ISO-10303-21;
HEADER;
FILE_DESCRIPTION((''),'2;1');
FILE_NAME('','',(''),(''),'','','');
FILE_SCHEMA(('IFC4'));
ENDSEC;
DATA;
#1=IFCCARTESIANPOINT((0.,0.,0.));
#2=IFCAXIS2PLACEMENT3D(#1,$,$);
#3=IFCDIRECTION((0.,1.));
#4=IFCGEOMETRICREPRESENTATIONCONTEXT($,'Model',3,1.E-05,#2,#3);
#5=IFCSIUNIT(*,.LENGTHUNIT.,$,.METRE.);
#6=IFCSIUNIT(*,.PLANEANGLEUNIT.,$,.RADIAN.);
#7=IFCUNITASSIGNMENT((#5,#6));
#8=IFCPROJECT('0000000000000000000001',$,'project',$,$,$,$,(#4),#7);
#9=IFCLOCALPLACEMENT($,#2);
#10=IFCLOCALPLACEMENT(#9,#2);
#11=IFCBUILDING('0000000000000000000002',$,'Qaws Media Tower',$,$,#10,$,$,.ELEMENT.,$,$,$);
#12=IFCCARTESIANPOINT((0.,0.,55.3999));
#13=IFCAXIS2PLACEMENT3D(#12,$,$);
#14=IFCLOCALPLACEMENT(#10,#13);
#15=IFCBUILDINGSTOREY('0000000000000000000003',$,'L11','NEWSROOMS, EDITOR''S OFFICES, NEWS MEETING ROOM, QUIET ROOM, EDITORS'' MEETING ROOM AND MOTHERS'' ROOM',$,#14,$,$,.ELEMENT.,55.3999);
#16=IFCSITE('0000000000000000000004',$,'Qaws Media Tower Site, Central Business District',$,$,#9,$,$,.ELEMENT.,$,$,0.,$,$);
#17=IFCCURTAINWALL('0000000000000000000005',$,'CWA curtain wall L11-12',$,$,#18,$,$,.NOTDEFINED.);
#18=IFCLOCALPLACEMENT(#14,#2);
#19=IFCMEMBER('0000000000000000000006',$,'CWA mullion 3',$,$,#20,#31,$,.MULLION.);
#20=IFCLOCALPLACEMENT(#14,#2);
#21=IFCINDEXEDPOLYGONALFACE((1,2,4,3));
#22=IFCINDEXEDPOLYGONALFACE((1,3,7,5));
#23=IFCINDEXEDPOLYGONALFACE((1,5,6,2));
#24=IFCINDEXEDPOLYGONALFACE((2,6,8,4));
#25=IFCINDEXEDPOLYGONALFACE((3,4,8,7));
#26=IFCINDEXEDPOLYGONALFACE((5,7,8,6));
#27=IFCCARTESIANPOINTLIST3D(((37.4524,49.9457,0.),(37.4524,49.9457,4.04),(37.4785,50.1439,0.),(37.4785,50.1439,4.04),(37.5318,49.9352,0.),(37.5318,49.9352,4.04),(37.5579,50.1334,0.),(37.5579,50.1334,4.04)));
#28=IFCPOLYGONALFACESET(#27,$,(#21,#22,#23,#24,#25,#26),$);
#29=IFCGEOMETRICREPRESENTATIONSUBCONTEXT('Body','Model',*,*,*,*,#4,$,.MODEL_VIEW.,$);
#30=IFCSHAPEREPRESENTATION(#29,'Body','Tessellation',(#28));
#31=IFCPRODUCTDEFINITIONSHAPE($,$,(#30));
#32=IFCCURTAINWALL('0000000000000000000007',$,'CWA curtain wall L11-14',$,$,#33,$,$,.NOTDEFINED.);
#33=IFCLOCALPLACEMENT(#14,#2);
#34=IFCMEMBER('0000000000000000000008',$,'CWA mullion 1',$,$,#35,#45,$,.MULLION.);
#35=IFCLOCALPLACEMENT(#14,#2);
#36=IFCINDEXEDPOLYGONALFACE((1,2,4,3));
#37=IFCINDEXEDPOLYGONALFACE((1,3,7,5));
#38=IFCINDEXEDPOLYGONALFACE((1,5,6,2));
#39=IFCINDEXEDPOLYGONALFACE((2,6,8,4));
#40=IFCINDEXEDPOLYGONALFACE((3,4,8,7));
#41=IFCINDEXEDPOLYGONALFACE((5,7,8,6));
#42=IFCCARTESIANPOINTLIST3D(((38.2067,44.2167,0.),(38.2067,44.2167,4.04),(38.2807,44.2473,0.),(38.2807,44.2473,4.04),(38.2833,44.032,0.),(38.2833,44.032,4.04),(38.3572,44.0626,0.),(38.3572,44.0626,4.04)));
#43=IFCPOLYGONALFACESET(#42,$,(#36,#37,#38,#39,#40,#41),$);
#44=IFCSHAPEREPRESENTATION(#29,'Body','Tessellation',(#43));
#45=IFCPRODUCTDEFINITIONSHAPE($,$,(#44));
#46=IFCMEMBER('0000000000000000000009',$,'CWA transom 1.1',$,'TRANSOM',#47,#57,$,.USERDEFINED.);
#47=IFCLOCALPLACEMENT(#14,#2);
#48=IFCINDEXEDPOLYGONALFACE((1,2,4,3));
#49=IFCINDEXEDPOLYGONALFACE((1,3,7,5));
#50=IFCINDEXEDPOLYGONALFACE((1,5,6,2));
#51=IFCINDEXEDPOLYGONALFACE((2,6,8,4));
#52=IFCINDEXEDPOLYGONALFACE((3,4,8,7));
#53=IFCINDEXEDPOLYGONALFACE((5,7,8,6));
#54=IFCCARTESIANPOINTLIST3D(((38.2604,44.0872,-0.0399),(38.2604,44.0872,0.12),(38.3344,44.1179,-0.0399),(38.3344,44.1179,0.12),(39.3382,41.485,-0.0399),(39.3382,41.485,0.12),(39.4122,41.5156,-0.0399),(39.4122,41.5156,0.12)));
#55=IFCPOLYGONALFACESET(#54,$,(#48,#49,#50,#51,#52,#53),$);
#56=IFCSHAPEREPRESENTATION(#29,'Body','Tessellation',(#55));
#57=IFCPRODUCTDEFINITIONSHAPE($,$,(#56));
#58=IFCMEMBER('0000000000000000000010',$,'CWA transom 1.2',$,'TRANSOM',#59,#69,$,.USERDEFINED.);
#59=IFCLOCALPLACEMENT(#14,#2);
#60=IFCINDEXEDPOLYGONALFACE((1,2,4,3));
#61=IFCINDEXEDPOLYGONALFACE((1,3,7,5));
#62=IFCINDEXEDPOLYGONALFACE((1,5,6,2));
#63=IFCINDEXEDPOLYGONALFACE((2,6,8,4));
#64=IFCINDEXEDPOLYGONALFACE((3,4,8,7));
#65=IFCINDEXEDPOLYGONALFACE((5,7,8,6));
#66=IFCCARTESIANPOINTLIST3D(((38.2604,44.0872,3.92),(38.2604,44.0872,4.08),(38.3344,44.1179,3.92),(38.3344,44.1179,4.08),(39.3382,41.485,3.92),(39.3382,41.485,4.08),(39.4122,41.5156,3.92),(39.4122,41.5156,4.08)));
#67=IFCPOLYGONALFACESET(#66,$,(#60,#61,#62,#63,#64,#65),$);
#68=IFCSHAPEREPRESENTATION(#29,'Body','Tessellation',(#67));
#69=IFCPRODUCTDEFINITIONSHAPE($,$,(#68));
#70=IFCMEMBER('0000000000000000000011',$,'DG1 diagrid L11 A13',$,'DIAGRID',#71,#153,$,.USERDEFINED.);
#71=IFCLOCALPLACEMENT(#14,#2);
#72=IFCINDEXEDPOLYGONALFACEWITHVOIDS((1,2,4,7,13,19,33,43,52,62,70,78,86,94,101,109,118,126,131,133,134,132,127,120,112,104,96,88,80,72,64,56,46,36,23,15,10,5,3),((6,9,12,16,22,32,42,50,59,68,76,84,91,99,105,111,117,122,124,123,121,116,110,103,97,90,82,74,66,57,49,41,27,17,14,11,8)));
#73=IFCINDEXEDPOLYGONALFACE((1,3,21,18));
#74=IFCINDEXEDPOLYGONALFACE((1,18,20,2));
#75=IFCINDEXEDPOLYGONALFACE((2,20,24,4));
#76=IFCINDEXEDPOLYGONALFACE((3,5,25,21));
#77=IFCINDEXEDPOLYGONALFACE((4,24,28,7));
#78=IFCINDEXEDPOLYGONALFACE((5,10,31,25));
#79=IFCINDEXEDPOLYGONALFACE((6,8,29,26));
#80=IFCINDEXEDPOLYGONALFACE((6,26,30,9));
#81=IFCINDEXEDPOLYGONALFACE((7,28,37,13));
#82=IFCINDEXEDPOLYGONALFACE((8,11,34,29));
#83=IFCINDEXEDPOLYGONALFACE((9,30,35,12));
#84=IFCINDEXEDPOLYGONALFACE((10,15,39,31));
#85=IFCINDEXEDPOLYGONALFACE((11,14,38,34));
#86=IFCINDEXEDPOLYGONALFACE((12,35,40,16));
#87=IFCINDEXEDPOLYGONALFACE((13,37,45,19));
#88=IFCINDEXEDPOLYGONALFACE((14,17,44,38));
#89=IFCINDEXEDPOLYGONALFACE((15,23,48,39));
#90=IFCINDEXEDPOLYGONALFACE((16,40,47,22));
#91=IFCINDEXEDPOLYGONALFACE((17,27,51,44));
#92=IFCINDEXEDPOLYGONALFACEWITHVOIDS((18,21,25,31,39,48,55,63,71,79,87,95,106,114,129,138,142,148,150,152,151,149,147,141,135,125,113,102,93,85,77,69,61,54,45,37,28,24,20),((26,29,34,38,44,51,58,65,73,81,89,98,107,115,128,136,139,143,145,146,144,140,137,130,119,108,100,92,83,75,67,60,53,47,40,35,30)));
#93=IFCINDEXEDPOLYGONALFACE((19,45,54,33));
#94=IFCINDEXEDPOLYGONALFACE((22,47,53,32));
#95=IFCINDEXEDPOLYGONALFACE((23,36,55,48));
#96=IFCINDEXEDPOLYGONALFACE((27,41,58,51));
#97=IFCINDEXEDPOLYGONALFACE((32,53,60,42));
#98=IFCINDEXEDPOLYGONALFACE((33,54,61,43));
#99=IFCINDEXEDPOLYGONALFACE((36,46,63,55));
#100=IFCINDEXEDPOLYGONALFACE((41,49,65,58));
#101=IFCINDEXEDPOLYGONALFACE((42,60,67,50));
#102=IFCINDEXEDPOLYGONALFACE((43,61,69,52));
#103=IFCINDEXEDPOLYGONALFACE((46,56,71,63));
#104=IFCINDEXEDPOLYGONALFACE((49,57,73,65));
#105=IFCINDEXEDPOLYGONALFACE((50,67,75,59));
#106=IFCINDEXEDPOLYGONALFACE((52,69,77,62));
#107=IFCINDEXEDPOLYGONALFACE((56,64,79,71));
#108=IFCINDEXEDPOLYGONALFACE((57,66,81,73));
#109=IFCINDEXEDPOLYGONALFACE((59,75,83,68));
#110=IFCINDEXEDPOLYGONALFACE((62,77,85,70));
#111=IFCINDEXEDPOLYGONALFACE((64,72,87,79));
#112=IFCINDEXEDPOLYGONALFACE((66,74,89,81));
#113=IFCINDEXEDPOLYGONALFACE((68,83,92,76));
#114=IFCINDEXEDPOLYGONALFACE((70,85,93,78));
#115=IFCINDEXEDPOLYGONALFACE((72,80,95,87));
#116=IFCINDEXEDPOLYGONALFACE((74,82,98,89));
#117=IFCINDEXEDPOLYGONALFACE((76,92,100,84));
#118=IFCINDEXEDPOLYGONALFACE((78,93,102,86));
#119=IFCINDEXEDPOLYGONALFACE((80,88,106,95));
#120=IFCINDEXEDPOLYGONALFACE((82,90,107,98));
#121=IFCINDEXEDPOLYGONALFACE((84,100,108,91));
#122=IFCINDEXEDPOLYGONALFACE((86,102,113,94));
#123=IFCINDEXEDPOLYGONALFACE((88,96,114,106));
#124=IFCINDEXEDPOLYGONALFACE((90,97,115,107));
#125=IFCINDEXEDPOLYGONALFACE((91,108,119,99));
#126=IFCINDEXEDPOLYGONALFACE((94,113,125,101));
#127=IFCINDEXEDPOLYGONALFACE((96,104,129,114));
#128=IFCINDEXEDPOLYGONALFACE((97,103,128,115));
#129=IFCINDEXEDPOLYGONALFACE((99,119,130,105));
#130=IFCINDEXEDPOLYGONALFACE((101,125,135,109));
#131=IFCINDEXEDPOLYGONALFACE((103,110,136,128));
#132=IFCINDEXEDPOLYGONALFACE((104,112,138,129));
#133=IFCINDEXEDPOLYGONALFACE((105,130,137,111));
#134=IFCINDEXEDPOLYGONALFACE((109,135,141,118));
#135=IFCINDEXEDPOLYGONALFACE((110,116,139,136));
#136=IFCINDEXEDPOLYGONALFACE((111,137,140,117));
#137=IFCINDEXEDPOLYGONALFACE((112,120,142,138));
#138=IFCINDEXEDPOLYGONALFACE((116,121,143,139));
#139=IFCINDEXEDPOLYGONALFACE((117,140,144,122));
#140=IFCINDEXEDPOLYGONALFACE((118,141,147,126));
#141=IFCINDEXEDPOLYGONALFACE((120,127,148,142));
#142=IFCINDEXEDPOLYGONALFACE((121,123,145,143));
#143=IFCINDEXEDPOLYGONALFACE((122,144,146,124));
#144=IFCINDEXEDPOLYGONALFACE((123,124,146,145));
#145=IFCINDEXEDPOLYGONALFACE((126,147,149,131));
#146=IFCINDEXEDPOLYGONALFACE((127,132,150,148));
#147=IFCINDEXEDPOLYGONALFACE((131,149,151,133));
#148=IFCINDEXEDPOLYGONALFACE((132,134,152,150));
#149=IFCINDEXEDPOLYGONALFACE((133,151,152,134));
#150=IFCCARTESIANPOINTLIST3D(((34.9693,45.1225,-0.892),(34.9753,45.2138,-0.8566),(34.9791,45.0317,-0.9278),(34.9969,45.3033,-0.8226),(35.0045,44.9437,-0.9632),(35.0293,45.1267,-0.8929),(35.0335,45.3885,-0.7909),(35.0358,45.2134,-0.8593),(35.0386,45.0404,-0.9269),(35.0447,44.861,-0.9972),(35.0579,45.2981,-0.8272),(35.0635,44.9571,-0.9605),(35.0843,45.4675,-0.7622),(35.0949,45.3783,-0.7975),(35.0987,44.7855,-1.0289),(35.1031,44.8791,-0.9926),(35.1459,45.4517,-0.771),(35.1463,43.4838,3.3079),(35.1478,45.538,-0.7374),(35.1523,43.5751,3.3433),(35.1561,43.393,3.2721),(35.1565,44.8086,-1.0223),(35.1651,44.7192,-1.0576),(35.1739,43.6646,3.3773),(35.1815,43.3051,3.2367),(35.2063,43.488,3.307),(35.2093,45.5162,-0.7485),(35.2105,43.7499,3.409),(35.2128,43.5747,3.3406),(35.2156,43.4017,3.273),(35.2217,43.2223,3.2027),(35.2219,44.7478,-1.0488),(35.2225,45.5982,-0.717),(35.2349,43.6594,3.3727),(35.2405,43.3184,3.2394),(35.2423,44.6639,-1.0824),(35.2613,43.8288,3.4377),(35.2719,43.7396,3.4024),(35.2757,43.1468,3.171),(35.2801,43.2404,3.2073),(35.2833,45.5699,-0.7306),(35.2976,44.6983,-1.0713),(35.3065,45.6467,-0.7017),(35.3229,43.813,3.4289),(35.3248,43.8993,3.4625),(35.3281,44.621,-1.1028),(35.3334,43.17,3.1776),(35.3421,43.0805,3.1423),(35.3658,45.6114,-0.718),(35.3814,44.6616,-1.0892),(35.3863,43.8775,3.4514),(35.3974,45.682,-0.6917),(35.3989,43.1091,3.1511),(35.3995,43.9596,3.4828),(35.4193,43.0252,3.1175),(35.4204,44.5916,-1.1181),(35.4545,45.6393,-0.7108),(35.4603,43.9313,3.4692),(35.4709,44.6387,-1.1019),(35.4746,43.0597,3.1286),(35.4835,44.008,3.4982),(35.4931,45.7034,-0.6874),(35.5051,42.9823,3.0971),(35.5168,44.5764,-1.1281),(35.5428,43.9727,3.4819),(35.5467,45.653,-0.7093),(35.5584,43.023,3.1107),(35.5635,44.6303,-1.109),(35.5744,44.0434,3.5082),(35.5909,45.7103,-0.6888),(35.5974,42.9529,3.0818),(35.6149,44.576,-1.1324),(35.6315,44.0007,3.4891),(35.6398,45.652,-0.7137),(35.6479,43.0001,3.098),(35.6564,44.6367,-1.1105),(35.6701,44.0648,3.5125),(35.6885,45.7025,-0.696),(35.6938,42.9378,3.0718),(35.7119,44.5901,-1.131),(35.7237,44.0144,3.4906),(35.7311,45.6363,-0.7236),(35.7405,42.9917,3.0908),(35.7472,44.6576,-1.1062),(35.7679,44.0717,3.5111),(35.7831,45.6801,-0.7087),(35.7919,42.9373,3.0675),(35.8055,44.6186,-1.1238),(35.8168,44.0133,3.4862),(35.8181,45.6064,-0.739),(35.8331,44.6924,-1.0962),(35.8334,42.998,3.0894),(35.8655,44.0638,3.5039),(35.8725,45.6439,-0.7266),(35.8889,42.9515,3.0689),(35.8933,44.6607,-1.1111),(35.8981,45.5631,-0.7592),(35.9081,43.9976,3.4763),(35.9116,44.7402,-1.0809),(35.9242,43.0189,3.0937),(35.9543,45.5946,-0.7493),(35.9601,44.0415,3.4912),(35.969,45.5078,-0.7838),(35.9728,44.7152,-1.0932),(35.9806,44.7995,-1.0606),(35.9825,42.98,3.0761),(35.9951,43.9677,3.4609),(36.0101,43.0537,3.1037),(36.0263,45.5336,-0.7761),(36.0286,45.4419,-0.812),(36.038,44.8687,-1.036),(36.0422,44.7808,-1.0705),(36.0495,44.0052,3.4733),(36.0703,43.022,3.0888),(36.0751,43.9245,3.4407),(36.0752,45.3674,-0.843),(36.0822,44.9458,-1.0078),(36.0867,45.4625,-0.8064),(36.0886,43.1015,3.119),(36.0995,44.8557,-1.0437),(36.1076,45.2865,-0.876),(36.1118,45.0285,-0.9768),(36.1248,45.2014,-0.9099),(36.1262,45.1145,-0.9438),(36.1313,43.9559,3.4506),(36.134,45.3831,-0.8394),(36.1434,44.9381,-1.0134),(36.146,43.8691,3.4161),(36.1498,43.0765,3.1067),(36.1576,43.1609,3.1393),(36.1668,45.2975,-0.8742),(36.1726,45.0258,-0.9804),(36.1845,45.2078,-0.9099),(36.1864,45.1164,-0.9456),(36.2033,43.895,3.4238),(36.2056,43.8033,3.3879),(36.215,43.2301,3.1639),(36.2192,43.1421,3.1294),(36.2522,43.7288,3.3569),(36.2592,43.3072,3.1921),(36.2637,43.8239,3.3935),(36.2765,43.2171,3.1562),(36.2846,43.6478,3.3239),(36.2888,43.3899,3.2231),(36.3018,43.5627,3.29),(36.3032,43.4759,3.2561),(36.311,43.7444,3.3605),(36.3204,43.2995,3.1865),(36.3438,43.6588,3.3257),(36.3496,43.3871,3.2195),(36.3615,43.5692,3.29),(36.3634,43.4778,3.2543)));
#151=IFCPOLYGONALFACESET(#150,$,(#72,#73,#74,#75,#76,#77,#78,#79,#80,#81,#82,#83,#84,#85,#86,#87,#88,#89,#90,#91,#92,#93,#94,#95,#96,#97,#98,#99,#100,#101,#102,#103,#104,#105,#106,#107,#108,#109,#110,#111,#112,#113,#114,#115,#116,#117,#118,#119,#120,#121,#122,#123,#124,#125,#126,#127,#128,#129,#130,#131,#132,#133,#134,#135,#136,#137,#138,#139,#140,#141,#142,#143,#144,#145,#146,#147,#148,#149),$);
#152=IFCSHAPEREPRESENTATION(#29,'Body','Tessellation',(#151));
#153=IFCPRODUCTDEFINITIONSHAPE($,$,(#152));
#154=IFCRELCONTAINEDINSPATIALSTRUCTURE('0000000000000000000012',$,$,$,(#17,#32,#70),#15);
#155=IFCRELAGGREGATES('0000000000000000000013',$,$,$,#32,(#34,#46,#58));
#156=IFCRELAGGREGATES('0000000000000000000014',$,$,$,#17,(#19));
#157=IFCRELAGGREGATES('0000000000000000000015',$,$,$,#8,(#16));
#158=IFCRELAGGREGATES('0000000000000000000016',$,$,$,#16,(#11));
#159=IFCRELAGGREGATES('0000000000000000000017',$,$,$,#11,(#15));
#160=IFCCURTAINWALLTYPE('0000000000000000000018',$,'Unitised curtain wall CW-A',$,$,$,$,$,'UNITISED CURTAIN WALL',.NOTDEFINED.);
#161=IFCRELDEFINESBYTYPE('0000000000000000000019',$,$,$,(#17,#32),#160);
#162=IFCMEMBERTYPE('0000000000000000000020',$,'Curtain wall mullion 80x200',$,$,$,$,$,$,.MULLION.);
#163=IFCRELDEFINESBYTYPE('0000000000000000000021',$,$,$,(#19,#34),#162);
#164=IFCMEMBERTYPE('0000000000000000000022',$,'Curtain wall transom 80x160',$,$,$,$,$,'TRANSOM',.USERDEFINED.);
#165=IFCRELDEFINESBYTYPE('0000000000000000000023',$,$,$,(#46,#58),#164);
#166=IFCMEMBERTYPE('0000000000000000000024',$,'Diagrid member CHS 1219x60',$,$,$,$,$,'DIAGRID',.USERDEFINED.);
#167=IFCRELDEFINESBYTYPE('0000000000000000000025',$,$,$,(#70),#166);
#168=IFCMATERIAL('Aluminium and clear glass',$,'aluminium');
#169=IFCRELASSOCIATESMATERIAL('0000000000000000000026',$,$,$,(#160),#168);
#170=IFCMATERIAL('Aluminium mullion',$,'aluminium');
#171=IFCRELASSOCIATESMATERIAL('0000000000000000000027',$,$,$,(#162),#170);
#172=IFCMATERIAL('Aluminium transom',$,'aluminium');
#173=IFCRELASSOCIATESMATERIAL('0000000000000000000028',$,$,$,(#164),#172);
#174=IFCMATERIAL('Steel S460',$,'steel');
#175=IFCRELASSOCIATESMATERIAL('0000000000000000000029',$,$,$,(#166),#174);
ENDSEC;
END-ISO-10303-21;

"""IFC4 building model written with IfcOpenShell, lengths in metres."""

from ifc_helpers import new_model, si_unit, direction, frame, origin, origin_2d, place, context, subcontext, project, spatial, rectangle, hollow_circle, extrude, material, material_profile, profile_set, type_object, element, aggregate, save


model = new_model("IFC4")

# Units and contexts
model_context = context("Model", 3, precision=1e-05, world=origin(), true_north=direction((0.0, 1.0)))
body_context = subcontext(model_context, "Body", "Model", "MODEL_VIEW")
ifc_project = project(units=[si_unit("LENGTHUNIT", "METRE"), si_unit("PLANEANGLEUNIT", "RADIAN")], contexts=[model_context])

# Site, building, storey
site_placement = place(None, origin())
site = spatial("IfcSite", under=ifc_project, at=site_placement, Name="Qaws Media Tower Site, Central Business District", CompositionType="ELEMENT", RefElevation=0.0)
building_placement = place(site_placement, origin())
building = spatial("IfcBuilding", under=site, at=building_placement, Name="Qaws Media Tower", CompositionType="ELEMENT")
storey_placement = place(building_placement, frame((0.0, 0.0, 55.3999)))
storey = spatial("IfcBuildingStorey", under=building, at=storey_placement, Name="L11", Description="NEWSROOMS, EDITOR'S OFFICES, NEWS MEETING ROOM, QUIET ROOM, EDITORS' MEETING ROOM AND MOTHERS' ROOM", CompositionType="ELEMENT", Elevation=55.3999)

# Curtain wall, member
ifc_material_1 = material(Name="Aluminium and clear glass", Category="aluminium")
curtain_wall_type = type_object("IfcCurtainWallType", Name="Unitised curtain wall CW-A", ElementType="UNITISED CURTAIN WALL", PredefinedType="NOTDEFINED", material=ifc_material_1)
curtain_wall_1_placement = place(storey_placement, origin())
curtain_wall_1 = element("IfcCurtainWall", 1, at=curtain_wall_1_placement, inside=storey, type_object=curtain_wall_type, Name="CWA curtain wall L11-12", PredefinedType="NOTDEFINED")
ifc_material_2 = material(Name="Aluminium mullion", Category="aluminium")
ifc_material_profile_1 = material_profile(ifc_material_2, rectangle(XDim=0.0801, YDim=0.2, at=origin_2d()), Name="80x200")
ifc_profile_set_1 = profile_set([ifc_material_profile_1], Name="Aluminium mullion")
member_type_1 = type_object("IfcMemberType", Name="Curtain wall mullion 80x200", PredefinedType="MULLION", material=ifc_profile_set_1)
member_1_placement = place(storey_placement, frame((37.5051, 50.0396, 0.0), z_axis=(0.0, 0.0, 1.0), x_axis=(0.991445, -0.130526, 0.0)))
member_1 = element("IfcMember", 2, at=member_1_placement, type_object=member_type_1, Name="CWA mullion 3", PredefinedType="MULLION", context=body_context, shape_type="SweptSolid", body=[
    extrude(rectangle(XDim=0.0801, YDim=0.2, at=origin_2d()), origin(), (0.0, 0.0, 1.0), 4.04),
])

# Curtain wall, members
curtain_wall_2_placement = place(storey_placement, origin())
curtain_wall_2 = element("IfcCurtainWall", 3, at=curtain_wall_2_placement, inside=storey, type_object=curtain_wall_type, Name="CWA curtain wall L11-14", PredefinedType="NOTDEFINED")
member_2_placement = place(storey_placement, frame((38.282, 44.1396, 0.0), z_axis=(0.0, 0.0, 1.0), x_axis=(0.92388, 0.382683, 0.0)))
member_2 = element("IfcMember", 4, at=member_2_placement, type_object=member_type_1, Name="CWA mullion 1", PredefinedType="MULLION", context=body_context, shape_type="SweptSolid", body=[
    extrude(rectangle(XDim=0.0801, YDim=0.2, at=origin_2d()), origin(), (0.0, 0.0, 1.0), 4.04),
])
ifc_material_3 = material(Name="Aluminium transom", Category="aluminium")
ifc_material_profile_2 = material_profile(ifc_material_3, rectangle(XDim=0.0801, YDim=0.1599, at=origin_2d()), Name="80x160")
ifc_profile_set_2 = profile_set([ifc_material_profile_2], Name="Aluminium transom")
member_type_2 = type_object("IfcMemberType", Name="Curtain wall transom 80x160", ElementType="TRANSOM", PredefinedType="USERDEFINED", material=ifc_profile_set_2)
member_3_placement = place(storey_placement, frame((38.2974, 44.1025, 0.04), z_axis=(0.382676, -0.923883, 0.0), x_axis=(0.923883, 0.382676, 0.0)))
member_3 = element("IfcMember", 5, at=member_3_placement, type_object=member_type_2, Name="CWA transom 1.1", ObjectType="TRANSOM", PredefinedType="USERDEFINED", context=body_context, shape_type="SweptSolid", body=[
    extrude(rectangle(XDim=0.0801, YDim=0.1599, at=origin_2d()), origin(), (0.0, 0.0, 1.0), 2.8167),
])
member_4_placement = place(storey_placement, frame((38.2974, 44.1025, 4.0), z_axis=(0.382676, -0.923883, 0.0), x_axis=(0.923883, 0.382676, 0.0)))
member_4 = element("IfcMember", 6, at=member_4_placement, type_object=member_type_2, Name="CWA transom 1.2", ObjectType="TRANSOM", PredefinedType="USERDEFINED", context=body_context, shape_type="SweptSolid", body=[
    extrude(rectangle(XDim=0.0801, YDim=0.1599, at=origin_2d()), origin(), (0.0, 0.0, 1.0), 2.8167),
])
aggregate(curtain_wall_2, [member_2, member_3, member_4])

# Member
ifc_material_4 = material(Name="Steel S460", Category="steel")
ifc_material_profile_3 = material_profile(ifc_material_4, hollow_circle(Radius=0.6096, WallThickness=0.0601, at=origin_2d()), Name="CHS 1219x60")
ifc_profile_set_3 = profile_set([ifc_material_profile_3], Name="Steel S460")
member_type_3 = type_object("IfcMemberType", Name="Diagrid member CHS 1219x60", ElementType="DIAGRID", PredefinedType="USERDEFINED", material=ifc_profile_set_3)
for number, where, z_axis, x_axis, name in (
    (7, (35.5784, 45.1423, -0.9099), (0.039231, -0.363198, 0.930885), (0.994217, 0.107391, 0.0), "DG1 diagrid L11 A13"),
):
    element("IfcMember", number, at=place(storey_placement, frame(where, z_axis=z_axis, x_axis=x_axis)), inside=storey, type_object=member_type_3, Name=name, ObjectType="DIAGRID", PredefinedType="USERDEFINED", context=body_context, shape_type="SweptSolid", body=[
        extrude(hollow_circle(Radius=0.6096, WallThickness=0.0601, at=origin_2d()), origin(), (0.0, 0.0, 1.0), 4.5117),
    ])

aggregate(curtain_wall_1, [member_1])

save(model, "model.ifc")
